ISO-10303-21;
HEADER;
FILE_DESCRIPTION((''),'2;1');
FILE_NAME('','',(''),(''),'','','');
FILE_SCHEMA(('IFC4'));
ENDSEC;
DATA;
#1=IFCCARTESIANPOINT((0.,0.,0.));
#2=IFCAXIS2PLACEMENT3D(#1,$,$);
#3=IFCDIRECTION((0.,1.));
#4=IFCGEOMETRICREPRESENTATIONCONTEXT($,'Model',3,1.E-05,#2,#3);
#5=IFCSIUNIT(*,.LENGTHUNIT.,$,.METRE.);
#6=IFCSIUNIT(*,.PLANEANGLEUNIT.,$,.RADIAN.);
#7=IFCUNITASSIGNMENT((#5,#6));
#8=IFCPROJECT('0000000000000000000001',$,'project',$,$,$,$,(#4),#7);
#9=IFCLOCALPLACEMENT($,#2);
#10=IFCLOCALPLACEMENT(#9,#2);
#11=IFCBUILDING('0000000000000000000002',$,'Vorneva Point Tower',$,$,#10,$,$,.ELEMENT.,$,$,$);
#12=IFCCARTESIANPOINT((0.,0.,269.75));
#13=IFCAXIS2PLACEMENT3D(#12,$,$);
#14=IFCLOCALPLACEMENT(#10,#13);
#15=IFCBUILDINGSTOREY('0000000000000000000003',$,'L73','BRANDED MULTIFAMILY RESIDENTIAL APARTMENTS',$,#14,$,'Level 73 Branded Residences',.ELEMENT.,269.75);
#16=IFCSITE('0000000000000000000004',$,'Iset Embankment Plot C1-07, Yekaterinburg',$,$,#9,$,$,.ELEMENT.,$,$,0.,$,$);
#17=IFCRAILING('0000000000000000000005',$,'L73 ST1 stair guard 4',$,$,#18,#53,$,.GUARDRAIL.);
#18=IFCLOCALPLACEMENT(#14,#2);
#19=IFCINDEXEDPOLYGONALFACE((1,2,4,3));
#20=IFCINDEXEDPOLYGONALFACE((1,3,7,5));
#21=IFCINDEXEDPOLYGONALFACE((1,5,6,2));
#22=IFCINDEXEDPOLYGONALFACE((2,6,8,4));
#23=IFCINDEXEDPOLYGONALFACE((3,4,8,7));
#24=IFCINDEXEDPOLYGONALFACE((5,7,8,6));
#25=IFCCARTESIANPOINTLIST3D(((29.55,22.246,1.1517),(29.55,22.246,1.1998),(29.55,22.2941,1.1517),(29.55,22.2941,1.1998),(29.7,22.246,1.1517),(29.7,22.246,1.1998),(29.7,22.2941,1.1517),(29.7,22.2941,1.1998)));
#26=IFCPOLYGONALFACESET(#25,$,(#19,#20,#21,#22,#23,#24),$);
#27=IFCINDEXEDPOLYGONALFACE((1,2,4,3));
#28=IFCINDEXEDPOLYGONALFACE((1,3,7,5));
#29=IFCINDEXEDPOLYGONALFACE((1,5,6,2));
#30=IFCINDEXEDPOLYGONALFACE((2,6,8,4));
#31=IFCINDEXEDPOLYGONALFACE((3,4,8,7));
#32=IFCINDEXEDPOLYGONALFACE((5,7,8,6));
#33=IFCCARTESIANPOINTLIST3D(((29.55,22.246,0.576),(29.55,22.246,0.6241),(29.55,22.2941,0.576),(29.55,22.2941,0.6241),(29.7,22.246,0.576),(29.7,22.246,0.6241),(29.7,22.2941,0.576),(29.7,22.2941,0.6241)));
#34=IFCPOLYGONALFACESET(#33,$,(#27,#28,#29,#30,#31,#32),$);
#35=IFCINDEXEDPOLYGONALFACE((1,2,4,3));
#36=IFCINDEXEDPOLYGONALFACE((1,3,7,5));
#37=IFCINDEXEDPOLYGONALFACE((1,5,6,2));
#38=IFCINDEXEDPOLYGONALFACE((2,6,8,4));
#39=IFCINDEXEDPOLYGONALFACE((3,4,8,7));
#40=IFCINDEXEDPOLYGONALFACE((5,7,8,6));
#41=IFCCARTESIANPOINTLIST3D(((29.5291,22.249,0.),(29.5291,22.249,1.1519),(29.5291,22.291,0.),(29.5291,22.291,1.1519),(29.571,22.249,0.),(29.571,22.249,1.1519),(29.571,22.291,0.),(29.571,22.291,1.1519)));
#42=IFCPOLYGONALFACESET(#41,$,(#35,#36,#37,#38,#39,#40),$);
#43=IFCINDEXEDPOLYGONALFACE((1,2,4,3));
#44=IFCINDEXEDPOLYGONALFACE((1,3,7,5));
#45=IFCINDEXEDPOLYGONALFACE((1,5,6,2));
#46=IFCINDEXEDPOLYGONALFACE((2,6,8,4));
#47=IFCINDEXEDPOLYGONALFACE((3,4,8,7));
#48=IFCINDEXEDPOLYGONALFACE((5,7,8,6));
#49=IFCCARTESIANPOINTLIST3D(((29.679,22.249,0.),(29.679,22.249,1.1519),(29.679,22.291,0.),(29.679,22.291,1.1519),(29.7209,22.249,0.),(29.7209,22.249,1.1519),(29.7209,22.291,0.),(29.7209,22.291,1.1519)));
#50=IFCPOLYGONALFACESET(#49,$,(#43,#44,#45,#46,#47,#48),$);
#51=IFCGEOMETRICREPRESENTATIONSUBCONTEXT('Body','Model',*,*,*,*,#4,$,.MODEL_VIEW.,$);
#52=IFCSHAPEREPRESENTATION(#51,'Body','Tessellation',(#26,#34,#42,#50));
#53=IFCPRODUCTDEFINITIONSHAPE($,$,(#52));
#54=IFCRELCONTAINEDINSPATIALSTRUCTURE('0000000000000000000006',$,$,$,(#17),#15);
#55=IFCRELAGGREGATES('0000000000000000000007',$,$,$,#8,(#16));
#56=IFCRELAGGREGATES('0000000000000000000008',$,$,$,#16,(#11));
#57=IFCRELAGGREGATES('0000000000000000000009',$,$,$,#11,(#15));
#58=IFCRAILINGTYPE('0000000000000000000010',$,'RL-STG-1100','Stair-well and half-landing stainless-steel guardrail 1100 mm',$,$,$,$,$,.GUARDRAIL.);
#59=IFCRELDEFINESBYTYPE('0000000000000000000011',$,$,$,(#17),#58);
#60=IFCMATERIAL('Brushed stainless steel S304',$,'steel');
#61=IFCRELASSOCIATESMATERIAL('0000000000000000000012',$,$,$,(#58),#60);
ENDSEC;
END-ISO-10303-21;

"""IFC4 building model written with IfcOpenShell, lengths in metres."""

from ifc_helpers import new_model, si_unit, direction, frame, origin, origin_2d, place, context, subcontext, project, spatial, rectangle, extrude, material, type_object, element, save


model = new_model("IFC4")

# Units and contexts
model_context = context("Model", 3, precision=1e-05, world=origin(), true_north=direction((0.0, 1.0)))
body_context = subcontext(model_context, "Body", "Model", "MODEL_VIEW")
ifc_project = project(units=[si_unit("LENGTHUNIT", "METRE"), si_unit("PLANEANGLEUNIT", "RADIAN")], contexts=[model_context])

# Site, building, storey
site_placement = place(None, origin())
site = spatial("IfcSite", under=ifc_project, at=site_placement, Name="Iset Embankment Plot C1-07, Yekaterinburg", CompositionType="ELEMENT", RefElevation=0.0)
building_placement = place(site_placement, origin())
building = spatial("IfcBuilding", under=site, at=building_placement, Name="Vorneva Point Tower", CompositionType="ELEMENT")
storey_placement = place(building_placement, frame((0.0, 0.0, 269.75)))
storey = spatial("IfcBuildingStorey", under=building, at=storey_placement, Name="L73", Description="BRANDED MULTIFAMILY RESIDENTIAL APARTMENTS", LongName="Level 73 Branded Residences", CompositionType="ELEMENT", Elevation=269.75)

# Railing
ifc_material_1 = material(Name="Brushed stainless steel S304", Category="steel")
railing_type_1 = type_object("IfcRailingType", Name="RL-STG-1100", Description="Stair-well and half-landing stainless-steel guardrail 1100 mm", PredefinedType="GUARDRAIL", material=ifc_material_1)
railing_1_placement = place(storey_placement, frame((29.55, 22.27, 0.0)))
element("IfcRailing", 1, at=railing_1_placement, inside=storey, type_object=railing_type_1, Name="L73 ST1 stair guard 4", PredefinedType="GUARDRAIL", context=body_context, shape_type="SweptSolid", body=[
    extrude(rectangle(XDim=0.0481, YDim=0.0481, at=origin_2d()), frame((0.0, 0.0, 1.1758), z_axis=(1.0, 0.0, 0.0), x_axis=(0.0, 1.0, 0.0)), (0.0, 0.0, 1.0), 0.1499),
    extrude(rectangle(XDim=0.0481, YDim=0.0481, at=origin_2d()), frame((0.0, 0.0, 0.6001), z_axis=(1.0, 0.0, 0.0), x_axis=(0.0, 1.0, 0.0)), (0.0, 0.0, 1.0), 0.1499),
    extrude(rectangle(XDim=0.042, YDim=0.042, at=origin_2d()), origin(), (0.0, 0.0, 1.0), 1.1519),
    extrude(rectangle(XDim=0.042, YDim=0.042, at=origin_2d()), frame((0.1499, 0.0, 0.0)), (0.0, 0.0, 1.0), 1.1519),
])

save(model, "model.ifc")
